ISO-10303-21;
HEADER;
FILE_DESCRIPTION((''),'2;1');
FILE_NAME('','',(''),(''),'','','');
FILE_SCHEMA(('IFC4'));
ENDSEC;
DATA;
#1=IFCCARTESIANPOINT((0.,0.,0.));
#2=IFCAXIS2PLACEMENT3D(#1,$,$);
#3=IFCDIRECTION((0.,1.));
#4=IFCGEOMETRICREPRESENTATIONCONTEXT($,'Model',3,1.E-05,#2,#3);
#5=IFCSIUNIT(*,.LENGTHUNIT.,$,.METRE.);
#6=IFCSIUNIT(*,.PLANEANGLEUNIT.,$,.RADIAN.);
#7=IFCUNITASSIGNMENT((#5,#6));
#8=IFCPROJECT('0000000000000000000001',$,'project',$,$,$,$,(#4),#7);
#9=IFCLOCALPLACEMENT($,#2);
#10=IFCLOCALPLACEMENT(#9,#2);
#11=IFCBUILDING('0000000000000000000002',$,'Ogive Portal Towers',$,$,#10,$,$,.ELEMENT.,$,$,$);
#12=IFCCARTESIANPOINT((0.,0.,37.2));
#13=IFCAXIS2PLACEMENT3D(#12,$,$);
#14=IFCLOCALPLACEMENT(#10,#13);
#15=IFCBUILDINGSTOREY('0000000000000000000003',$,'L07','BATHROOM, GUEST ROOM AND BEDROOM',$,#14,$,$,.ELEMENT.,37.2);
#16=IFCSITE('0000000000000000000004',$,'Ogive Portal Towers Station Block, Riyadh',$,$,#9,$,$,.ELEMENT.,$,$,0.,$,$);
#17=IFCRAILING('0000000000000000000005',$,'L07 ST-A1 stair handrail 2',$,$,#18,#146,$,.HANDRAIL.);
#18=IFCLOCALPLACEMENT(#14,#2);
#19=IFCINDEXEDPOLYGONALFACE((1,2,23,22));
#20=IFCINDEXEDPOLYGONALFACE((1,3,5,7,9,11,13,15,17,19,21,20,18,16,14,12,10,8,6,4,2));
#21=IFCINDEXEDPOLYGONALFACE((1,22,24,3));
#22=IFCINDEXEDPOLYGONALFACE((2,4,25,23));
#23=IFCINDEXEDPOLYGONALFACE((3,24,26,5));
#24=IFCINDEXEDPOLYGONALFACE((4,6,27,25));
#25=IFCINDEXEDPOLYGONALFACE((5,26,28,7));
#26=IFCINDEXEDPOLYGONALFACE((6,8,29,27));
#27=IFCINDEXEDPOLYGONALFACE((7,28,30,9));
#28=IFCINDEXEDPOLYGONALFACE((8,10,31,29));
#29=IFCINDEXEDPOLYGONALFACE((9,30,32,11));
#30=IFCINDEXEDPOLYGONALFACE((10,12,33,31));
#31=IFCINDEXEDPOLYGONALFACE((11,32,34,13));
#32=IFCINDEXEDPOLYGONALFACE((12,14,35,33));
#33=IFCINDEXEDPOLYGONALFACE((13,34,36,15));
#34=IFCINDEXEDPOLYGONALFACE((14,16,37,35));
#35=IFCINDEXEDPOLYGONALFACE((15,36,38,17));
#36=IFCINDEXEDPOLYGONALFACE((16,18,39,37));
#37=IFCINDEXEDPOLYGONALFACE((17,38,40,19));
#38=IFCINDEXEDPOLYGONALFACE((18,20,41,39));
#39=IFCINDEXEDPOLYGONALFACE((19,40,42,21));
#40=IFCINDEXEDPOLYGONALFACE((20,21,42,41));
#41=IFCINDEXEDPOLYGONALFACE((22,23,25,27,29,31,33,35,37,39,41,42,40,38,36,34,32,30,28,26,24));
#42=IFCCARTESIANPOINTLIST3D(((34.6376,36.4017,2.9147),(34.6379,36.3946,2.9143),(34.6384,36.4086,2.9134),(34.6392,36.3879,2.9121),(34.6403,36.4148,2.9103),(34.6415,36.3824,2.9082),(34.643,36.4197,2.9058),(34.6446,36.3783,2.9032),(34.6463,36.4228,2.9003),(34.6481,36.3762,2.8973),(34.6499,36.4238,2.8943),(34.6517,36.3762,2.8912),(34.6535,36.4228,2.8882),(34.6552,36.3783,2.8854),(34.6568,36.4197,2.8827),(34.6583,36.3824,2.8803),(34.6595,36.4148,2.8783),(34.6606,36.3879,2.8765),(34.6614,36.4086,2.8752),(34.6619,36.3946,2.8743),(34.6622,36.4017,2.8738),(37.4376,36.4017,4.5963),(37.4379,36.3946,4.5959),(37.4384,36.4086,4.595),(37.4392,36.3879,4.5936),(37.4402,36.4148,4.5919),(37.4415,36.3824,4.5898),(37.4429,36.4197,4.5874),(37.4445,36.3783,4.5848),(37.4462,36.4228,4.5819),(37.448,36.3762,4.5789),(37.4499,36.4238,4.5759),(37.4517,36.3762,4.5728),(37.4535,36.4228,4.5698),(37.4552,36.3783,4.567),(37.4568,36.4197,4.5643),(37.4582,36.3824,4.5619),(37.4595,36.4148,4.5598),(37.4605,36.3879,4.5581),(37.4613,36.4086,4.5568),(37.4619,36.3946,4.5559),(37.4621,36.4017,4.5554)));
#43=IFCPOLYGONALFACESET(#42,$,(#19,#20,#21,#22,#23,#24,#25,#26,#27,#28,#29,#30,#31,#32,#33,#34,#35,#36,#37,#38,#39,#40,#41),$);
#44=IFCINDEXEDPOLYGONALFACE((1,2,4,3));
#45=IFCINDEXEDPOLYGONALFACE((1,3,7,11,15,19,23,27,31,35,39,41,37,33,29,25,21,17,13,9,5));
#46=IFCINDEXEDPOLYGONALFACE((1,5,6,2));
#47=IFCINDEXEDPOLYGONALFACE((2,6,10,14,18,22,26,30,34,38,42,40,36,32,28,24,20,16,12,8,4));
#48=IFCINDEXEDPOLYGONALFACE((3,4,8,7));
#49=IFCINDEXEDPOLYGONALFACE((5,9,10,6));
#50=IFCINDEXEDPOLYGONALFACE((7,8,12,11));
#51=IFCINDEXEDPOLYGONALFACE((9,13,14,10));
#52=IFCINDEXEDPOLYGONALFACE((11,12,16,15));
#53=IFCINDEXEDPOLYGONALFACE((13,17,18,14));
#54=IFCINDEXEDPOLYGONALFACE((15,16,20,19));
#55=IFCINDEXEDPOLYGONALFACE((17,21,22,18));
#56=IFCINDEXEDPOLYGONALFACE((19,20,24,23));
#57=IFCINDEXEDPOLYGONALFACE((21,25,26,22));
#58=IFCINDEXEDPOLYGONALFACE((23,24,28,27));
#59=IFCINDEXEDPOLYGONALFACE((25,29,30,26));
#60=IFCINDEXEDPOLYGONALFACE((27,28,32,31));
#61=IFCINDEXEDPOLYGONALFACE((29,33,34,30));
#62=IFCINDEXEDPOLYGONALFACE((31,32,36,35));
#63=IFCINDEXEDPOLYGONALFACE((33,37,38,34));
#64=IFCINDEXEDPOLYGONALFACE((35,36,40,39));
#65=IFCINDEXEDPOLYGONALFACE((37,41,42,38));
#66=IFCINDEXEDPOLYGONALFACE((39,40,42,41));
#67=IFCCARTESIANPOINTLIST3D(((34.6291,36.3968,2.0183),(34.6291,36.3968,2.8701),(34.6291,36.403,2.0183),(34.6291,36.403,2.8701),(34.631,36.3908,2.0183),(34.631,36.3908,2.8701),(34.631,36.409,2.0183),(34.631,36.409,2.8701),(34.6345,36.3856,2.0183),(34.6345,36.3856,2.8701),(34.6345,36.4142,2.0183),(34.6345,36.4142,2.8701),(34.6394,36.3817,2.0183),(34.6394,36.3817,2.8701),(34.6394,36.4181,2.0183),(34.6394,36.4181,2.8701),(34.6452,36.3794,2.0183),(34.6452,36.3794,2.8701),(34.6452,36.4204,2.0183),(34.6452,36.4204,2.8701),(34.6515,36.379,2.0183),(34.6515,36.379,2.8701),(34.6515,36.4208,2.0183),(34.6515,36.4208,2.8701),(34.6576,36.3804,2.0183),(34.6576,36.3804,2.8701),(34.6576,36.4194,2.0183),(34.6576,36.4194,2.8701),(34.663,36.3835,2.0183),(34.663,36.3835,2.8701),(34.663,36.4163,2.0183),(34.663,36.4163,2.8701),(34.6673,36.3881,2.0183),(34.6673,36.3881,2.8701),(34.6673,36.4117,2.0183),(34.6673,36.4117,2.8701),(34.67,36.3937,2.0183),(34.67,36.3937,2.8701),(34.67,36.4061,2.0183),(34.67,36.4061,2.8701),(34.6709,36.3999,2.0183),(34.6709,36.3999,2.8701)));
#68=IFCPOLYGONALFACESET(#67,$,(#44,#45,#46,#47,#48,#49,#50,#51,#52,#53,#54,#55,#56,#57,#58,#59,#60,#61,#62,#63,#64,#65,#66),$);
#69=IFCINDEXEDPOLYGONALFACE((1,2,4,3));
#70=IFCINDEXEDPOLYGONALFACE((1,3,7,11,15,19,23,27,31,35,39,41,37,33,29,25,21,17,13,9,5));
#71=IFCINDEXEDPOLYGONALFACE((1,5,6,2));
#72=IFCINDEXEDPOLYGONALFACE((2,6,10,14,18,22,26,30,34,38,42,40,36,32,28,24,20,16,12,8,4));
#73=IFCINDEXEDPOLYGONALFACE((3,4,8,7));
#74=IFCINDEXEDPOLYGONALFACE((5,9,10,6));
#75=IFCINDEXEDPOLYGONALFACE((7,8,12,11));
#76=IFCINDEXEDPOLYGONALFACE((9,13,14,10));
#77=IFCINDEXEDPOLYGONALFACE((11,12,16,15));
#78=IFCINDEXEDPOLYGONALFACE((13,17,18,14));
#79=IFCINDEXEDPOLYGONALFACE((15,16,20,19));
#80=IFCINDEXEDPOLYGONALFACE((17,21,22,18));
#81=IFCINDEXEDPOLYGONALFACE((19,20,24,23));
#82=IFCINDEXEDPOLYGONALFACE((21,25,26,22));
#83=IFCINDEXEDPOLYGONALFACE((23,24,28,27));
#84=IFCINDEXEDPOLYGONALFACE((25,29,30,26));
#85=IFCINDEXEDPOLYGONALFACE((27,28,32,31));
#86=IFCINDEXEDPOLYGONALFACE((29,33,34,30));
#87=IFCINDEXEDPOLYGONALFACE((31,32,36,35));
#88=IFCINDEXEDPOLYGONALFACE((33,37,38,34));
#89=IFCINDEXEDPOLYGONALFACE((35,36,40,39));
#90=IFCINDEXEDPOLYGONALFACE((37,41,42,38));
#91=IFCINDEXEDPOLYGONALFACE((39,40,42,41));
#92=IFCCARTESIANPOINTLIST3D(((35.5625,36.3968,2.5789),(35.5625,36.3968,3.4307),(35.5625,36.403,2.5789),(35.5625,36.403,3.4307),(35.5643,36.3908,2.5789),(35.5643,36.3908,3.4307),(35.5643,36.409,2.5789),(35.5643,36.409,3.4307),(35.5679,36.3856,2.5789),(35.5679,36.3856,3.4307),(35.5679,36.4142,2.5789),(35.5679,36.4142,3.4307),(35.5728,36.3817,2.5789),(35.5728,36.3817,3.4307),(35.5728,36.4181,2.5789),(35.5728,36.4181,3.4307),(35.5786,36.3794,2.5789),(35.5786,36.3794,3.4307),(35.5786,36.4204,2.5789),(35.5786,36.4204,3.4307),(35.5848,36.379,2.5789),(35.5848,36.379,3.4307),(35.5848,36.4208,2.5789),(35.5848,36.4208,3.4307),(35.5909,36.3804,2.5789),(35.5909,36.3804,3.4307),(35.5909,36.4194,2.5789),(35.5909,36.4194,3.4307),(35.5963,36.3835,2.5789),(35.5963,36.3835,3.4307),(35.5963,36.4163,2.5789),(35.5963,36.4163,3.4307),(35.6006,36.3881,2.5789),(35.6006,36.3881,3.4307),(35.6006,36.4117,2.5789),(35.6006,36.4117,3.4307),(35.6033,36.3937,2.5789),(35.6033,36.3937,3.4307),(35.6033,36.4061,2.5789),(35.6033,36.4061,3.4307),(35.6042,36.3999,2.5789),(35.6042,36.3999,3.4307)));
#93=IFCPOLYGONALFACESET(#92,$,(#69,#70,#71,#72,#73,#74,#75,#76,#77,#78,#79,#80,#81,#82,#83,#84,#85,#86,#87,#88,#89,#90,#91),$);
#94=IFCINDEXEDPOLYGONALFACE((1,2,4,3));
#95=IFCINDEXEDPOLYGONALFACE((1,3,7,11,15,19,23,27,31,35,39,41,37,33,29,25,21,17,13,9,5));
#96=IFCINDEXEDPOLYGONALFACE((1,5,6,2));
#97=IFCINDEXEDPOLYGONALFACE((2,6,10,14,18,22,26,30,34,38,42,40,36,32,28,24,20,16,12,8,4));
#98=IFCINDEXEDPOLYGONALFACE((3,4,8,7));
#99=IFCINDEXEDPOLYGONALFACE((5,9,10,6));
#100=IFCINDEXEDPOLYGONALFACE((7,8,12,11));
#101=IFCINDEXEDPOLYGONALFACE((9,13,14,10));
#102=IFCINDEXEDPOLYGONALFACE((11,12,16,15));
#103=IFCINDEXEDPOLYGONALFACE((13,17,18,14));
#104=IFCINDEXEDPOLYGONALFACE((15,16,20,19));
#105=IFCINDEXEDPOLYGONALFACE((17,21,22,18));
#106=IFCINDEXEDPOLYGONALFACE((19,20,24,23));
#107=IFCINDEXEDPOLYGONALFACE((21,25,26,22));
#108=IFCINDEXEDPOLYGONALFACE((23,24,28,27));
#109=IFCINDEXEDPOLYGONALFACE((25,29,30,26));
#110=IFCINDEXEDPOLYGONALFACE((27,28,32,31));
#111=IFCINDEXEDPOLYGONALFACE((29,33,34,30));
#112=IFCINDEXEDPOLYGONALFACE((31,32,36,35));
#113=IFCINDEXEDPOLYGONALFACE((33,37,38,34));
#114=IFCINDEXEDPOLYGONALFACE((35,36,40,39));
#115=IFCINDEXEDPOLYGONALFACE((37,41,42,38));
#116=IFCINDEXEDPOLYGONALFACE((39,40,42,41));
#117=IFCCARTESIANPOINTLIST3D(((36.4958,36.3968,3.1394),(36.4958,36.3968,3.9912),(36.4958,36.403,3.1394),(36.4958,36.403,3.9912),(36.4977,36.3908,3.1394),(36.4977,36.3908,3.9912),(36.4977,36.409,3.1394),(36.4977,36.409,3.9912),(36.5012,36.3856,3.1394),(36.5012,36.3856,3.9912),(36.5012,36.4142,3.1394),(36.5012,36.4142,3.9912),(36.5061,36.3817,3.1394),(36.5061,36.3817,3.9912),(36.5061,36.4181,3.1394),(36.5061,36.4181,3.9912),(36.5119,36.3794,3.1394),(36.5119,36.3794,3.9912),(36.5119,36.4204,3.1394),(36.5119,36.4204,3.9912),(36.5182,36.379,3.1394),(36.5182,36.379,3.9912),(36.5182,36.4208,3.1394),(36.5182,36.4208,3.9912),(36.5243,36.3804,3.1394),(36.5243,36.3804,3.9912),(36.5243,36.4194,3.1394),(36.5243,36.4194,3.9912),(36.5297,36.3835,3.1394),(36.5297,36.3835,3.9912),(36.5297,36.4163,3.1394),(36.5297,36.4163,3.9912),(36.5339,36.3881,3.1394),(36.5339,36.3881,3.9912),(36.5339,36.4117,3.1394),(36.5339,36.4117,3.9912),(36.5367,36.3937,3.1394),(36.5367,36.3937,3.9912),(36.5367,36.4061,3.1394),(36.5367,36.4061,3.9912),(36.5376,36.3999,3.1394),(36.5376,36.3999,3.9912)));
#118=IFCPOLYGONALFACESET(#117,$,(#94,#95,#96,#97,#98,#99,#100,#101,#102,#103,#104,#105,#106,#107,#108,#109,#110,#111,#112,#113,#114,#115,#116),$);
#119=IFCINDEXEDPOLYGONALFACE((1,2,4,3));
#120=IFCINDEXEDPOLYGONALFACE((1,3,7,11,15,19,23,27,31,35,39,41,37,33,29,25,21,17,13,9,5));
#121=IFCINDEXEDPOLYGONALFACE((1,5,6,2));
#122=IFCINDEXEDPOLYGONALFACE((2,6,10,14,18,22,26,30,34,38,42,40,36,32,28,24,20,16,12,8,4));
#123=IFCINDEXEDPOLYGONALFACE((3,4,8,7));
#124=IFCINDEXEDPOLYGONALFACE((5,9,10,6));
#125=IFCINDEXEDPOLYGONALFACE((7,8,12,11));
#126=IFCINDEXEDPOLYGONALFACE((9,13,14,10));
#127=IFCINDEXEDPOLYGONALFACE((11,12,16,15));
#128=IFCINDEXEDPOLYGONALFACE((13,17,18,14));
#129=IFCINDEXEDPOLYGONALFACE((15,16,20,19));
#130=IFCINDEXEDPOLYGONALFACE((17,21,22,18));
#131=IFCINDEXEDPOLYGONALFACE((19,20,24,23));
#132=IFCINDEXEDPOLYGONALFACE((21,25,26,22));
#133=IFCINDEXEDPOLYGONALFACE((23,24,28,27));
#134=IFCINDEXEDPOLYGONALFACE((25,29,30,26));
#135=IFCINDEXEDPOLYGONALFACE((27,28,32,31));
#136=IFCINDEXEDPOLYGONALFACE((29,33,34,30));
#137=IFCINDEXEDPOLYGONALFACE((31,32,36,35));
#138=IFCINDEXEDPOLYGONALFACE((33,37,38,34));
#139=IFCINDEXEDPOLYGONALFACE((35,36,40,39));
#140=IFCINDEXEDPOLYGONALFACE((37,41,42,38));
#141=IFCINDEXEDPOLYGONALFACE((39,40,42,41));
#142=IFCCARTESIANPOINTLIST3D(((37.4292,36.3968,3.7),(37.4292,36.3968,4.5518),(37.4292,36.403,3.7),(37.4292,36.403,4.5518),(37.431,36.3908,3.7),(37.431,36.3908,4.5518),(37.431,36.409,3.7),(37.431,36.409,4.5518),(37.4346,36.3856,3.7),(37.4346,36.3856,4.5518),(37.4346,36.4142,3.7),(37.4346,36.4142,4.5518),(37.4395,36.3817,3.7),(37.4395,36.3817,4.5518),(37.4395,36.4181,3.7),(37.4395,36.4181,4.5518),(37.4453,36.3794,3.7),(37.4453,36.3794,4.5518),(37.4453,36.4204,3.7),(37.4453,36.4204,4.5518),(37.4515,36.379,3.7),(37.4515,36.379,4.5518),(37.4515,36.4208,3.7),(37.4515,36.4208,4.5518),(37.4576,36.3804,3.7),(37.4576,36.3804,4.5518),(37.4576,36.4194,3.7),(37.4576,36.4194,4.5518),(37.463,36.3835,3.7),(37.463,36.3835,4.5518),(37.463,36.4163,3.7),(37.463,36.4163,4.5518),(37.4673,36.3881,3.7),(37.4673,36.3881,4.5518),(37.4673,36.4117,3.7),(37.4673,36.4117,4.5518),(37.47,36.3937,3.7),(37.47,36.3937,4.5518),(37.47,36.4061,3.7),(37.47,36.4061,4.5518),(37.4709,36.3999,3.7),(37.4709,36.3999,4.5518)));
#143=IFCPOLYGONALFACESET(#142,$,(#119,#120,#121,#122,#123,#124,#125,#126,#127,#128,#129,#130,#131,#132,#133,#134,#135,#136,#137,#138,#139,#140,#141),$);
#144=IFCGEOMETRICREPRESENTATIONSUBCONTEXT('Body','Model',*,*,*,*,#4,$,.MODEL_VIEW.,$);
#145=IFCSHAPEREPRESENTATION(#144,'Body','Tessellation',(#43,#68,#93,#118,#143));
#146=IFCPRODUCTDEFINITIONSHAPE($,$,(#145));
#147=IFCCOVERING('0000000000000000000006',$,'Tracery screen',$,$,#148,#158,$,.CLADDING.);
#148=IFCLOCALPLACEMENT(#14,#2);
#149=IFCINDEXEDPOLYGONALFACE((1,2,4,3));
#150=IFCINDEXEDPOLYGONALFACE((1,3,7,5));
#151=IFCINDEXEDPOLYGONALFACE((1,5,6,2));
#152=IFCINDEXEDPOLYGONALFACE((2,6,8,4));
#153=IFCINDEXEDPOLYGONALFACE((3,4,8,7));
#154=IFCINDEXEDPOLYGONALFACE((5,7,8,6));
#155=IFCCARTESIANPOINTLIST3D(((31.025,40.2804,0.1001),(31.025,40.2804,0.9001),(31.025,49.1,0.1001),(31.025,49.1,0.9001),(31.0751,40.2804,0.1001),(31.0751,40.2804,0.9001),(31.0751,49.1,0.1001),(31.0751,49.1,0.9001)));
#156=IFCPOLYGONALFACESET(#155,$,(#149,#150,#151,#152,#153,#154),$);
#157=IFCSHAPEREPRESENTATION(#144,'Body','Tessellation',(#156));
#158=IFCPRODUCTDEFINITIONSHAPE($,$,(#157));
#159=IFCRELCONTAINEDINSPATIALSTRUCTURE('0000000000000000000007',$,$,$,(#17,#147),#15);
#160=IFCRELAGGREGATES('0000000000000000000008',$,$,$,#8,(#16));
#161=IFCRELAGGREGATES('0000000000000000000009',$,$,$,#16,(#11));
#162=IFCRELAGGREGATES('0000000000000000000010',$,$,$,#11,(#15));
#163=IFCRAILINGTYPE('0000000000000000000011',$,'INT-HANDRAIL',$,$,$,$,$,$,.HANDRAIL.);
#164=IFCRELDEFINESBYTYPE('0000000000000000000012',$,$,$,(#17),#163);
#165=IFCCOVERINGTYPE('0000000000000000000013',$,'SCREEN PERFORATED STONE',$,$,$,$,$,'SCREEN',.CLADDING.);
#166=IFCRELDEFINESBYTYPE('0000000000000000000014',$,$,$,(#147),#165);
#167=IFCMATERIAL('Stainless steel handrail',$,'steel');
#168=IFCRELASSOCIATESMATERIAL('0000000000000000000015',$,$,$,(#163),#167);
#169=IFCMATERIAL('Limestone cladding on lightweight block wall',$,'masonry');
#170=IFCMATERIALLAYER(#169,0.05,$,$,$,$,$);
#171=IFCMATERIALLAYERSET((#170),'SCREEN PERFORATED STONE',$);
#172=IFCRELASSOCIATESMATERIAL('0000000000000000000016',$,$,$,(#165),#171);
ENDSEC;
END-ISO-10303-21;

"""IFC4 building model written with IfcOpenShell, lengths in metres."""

from ifc_helpers import new_model, si_unit, direction, frame, origin, origin_2d, place, context, subcontext, project, spatial, rectangle, circle, extrude, material, layer, layer_set, type_object, element, save


model = new_model("IFC4")

# Units and contexts
model_context = context("Model", 3, precision=1e-05, world=origin(), true_north=direction((0.0, 1.0)))
body_context = subcontext(model_context, "Body", "Model", "MODEL_VIEW")
ifc_project = project(units=[si_unit("LENGTHUNIT", "METRE"), si_unit("PLANEANGLEUNIT", "RADIAN")], contexts=[model_context])

# Site, building, storey
site_placement = place(None, origin())
site = spatial("IfcSite", under=ifc_project, at=site_placement, Name="Ogive Portal Towers Station Block, Riyadh", CompositionType="ELEMENT", RefElevation=0.0)
building_placement = place(site_placement, origin())
building = spatial("IfcBuilding", under=site, at=building_placement, Name="Ogive Portal Towers", CompositionType="ELEMENT")
storey_placement = place(building_placement, frame((0.0, 0.0, 37.2)))
storey = spatial("IfcBuildingStorey", under=building, at=storey_placement, Name="L07", Description="BATHROOM, GUEST ROOM AND BEDROOM", CompositionType="ELEMENT", Elevation=37.2)

# Shared definitions
ifc_material_1 = material(Name="Limestone cladding on lightweight block wall", Category="masonry")

# Railing
ifc_material_2 = material(Name="Stainless steel handrail", Category="steel")
railing_type_1 = type_object("IfcRailingType", Name="INT-HANDRAIL", PredefinedType="HANDRAIL", material=ifc_material_2)
railing_1_placement = place(storey_placement, frame((34.6499, 36.3999, 2.0183)))
element("IfcRailing", 1, at=railing_1_placement, inside=storey, type_object=railing_type_1, Name="L07 ST-A1 stair handrail 2", PredefinedType="HANDRAIL", context=body_context, shape_type="SweptSolid", body=[
    extrude(circle(Radius=0.0239, at=origin_2d()), frame((0.0, 0.0, 0.876), z_axis=(0.857275, 0.0, 0.514858), x_axis=(0.0, 1.0, 0.0)), (0.0, 0.0, 1.0), 3.2661),
    extrude(circle(Radius=0.021, at=origin_2d()), origin(), (0.0, 0.0, 1.0), 0.8518),
    extrude(circle(Radius=0.021, at=origin_2d()), frame((0.9333, 0.0, 0.5605)), (0.0, 0.0, 1.0), 0.8518),
    extrude(circle(Radius=0.021, at=origin_2d()), frame((1.8667, 0.0, 1.1211)), (0.0, 0.0, 1.0), 0.8518),
    extrude(circle(Radius=0.021, at=origin_2d()), frame((2.8, 0.0, 1.6816)), (0.0, 0.0, 1.0), 0.8518),
])

# Covering
ifc_layer_1 = layer(ifc_material_1, 0.05)
ifc_layer_set_1 = layer_set([ifc_layer_1], Name="SCREEN PERFORATED STONE")
covering_type = type_object("IfcCoveringType", Name="SCREEN PERFORATED STONE", ElementType="SCREEN", PredefinedType="CLADDING", material=ifc_layer_set_1)
covering_placement = place(storey_placement, frame((31.05, 44.6902, 0.1001), z_axis=(0.0, 0.0, 1.0), x_axis=(0.0, -1.0, 0.0)))
element("IfcCovering", 2, at=covering_placement, inside=storey, type_object=covering_type, Name="Tracery screen", PredefinedType="CLADDING", context=body_context, shape_type="SweptSolid", body=[
    extrude(rectangle(XDim=8.8196, YDim=0.05, at=origin_2d()), origin(), (0.0, 0.0, 1.0), 0.8),
])

save(model, "model.ifc")
